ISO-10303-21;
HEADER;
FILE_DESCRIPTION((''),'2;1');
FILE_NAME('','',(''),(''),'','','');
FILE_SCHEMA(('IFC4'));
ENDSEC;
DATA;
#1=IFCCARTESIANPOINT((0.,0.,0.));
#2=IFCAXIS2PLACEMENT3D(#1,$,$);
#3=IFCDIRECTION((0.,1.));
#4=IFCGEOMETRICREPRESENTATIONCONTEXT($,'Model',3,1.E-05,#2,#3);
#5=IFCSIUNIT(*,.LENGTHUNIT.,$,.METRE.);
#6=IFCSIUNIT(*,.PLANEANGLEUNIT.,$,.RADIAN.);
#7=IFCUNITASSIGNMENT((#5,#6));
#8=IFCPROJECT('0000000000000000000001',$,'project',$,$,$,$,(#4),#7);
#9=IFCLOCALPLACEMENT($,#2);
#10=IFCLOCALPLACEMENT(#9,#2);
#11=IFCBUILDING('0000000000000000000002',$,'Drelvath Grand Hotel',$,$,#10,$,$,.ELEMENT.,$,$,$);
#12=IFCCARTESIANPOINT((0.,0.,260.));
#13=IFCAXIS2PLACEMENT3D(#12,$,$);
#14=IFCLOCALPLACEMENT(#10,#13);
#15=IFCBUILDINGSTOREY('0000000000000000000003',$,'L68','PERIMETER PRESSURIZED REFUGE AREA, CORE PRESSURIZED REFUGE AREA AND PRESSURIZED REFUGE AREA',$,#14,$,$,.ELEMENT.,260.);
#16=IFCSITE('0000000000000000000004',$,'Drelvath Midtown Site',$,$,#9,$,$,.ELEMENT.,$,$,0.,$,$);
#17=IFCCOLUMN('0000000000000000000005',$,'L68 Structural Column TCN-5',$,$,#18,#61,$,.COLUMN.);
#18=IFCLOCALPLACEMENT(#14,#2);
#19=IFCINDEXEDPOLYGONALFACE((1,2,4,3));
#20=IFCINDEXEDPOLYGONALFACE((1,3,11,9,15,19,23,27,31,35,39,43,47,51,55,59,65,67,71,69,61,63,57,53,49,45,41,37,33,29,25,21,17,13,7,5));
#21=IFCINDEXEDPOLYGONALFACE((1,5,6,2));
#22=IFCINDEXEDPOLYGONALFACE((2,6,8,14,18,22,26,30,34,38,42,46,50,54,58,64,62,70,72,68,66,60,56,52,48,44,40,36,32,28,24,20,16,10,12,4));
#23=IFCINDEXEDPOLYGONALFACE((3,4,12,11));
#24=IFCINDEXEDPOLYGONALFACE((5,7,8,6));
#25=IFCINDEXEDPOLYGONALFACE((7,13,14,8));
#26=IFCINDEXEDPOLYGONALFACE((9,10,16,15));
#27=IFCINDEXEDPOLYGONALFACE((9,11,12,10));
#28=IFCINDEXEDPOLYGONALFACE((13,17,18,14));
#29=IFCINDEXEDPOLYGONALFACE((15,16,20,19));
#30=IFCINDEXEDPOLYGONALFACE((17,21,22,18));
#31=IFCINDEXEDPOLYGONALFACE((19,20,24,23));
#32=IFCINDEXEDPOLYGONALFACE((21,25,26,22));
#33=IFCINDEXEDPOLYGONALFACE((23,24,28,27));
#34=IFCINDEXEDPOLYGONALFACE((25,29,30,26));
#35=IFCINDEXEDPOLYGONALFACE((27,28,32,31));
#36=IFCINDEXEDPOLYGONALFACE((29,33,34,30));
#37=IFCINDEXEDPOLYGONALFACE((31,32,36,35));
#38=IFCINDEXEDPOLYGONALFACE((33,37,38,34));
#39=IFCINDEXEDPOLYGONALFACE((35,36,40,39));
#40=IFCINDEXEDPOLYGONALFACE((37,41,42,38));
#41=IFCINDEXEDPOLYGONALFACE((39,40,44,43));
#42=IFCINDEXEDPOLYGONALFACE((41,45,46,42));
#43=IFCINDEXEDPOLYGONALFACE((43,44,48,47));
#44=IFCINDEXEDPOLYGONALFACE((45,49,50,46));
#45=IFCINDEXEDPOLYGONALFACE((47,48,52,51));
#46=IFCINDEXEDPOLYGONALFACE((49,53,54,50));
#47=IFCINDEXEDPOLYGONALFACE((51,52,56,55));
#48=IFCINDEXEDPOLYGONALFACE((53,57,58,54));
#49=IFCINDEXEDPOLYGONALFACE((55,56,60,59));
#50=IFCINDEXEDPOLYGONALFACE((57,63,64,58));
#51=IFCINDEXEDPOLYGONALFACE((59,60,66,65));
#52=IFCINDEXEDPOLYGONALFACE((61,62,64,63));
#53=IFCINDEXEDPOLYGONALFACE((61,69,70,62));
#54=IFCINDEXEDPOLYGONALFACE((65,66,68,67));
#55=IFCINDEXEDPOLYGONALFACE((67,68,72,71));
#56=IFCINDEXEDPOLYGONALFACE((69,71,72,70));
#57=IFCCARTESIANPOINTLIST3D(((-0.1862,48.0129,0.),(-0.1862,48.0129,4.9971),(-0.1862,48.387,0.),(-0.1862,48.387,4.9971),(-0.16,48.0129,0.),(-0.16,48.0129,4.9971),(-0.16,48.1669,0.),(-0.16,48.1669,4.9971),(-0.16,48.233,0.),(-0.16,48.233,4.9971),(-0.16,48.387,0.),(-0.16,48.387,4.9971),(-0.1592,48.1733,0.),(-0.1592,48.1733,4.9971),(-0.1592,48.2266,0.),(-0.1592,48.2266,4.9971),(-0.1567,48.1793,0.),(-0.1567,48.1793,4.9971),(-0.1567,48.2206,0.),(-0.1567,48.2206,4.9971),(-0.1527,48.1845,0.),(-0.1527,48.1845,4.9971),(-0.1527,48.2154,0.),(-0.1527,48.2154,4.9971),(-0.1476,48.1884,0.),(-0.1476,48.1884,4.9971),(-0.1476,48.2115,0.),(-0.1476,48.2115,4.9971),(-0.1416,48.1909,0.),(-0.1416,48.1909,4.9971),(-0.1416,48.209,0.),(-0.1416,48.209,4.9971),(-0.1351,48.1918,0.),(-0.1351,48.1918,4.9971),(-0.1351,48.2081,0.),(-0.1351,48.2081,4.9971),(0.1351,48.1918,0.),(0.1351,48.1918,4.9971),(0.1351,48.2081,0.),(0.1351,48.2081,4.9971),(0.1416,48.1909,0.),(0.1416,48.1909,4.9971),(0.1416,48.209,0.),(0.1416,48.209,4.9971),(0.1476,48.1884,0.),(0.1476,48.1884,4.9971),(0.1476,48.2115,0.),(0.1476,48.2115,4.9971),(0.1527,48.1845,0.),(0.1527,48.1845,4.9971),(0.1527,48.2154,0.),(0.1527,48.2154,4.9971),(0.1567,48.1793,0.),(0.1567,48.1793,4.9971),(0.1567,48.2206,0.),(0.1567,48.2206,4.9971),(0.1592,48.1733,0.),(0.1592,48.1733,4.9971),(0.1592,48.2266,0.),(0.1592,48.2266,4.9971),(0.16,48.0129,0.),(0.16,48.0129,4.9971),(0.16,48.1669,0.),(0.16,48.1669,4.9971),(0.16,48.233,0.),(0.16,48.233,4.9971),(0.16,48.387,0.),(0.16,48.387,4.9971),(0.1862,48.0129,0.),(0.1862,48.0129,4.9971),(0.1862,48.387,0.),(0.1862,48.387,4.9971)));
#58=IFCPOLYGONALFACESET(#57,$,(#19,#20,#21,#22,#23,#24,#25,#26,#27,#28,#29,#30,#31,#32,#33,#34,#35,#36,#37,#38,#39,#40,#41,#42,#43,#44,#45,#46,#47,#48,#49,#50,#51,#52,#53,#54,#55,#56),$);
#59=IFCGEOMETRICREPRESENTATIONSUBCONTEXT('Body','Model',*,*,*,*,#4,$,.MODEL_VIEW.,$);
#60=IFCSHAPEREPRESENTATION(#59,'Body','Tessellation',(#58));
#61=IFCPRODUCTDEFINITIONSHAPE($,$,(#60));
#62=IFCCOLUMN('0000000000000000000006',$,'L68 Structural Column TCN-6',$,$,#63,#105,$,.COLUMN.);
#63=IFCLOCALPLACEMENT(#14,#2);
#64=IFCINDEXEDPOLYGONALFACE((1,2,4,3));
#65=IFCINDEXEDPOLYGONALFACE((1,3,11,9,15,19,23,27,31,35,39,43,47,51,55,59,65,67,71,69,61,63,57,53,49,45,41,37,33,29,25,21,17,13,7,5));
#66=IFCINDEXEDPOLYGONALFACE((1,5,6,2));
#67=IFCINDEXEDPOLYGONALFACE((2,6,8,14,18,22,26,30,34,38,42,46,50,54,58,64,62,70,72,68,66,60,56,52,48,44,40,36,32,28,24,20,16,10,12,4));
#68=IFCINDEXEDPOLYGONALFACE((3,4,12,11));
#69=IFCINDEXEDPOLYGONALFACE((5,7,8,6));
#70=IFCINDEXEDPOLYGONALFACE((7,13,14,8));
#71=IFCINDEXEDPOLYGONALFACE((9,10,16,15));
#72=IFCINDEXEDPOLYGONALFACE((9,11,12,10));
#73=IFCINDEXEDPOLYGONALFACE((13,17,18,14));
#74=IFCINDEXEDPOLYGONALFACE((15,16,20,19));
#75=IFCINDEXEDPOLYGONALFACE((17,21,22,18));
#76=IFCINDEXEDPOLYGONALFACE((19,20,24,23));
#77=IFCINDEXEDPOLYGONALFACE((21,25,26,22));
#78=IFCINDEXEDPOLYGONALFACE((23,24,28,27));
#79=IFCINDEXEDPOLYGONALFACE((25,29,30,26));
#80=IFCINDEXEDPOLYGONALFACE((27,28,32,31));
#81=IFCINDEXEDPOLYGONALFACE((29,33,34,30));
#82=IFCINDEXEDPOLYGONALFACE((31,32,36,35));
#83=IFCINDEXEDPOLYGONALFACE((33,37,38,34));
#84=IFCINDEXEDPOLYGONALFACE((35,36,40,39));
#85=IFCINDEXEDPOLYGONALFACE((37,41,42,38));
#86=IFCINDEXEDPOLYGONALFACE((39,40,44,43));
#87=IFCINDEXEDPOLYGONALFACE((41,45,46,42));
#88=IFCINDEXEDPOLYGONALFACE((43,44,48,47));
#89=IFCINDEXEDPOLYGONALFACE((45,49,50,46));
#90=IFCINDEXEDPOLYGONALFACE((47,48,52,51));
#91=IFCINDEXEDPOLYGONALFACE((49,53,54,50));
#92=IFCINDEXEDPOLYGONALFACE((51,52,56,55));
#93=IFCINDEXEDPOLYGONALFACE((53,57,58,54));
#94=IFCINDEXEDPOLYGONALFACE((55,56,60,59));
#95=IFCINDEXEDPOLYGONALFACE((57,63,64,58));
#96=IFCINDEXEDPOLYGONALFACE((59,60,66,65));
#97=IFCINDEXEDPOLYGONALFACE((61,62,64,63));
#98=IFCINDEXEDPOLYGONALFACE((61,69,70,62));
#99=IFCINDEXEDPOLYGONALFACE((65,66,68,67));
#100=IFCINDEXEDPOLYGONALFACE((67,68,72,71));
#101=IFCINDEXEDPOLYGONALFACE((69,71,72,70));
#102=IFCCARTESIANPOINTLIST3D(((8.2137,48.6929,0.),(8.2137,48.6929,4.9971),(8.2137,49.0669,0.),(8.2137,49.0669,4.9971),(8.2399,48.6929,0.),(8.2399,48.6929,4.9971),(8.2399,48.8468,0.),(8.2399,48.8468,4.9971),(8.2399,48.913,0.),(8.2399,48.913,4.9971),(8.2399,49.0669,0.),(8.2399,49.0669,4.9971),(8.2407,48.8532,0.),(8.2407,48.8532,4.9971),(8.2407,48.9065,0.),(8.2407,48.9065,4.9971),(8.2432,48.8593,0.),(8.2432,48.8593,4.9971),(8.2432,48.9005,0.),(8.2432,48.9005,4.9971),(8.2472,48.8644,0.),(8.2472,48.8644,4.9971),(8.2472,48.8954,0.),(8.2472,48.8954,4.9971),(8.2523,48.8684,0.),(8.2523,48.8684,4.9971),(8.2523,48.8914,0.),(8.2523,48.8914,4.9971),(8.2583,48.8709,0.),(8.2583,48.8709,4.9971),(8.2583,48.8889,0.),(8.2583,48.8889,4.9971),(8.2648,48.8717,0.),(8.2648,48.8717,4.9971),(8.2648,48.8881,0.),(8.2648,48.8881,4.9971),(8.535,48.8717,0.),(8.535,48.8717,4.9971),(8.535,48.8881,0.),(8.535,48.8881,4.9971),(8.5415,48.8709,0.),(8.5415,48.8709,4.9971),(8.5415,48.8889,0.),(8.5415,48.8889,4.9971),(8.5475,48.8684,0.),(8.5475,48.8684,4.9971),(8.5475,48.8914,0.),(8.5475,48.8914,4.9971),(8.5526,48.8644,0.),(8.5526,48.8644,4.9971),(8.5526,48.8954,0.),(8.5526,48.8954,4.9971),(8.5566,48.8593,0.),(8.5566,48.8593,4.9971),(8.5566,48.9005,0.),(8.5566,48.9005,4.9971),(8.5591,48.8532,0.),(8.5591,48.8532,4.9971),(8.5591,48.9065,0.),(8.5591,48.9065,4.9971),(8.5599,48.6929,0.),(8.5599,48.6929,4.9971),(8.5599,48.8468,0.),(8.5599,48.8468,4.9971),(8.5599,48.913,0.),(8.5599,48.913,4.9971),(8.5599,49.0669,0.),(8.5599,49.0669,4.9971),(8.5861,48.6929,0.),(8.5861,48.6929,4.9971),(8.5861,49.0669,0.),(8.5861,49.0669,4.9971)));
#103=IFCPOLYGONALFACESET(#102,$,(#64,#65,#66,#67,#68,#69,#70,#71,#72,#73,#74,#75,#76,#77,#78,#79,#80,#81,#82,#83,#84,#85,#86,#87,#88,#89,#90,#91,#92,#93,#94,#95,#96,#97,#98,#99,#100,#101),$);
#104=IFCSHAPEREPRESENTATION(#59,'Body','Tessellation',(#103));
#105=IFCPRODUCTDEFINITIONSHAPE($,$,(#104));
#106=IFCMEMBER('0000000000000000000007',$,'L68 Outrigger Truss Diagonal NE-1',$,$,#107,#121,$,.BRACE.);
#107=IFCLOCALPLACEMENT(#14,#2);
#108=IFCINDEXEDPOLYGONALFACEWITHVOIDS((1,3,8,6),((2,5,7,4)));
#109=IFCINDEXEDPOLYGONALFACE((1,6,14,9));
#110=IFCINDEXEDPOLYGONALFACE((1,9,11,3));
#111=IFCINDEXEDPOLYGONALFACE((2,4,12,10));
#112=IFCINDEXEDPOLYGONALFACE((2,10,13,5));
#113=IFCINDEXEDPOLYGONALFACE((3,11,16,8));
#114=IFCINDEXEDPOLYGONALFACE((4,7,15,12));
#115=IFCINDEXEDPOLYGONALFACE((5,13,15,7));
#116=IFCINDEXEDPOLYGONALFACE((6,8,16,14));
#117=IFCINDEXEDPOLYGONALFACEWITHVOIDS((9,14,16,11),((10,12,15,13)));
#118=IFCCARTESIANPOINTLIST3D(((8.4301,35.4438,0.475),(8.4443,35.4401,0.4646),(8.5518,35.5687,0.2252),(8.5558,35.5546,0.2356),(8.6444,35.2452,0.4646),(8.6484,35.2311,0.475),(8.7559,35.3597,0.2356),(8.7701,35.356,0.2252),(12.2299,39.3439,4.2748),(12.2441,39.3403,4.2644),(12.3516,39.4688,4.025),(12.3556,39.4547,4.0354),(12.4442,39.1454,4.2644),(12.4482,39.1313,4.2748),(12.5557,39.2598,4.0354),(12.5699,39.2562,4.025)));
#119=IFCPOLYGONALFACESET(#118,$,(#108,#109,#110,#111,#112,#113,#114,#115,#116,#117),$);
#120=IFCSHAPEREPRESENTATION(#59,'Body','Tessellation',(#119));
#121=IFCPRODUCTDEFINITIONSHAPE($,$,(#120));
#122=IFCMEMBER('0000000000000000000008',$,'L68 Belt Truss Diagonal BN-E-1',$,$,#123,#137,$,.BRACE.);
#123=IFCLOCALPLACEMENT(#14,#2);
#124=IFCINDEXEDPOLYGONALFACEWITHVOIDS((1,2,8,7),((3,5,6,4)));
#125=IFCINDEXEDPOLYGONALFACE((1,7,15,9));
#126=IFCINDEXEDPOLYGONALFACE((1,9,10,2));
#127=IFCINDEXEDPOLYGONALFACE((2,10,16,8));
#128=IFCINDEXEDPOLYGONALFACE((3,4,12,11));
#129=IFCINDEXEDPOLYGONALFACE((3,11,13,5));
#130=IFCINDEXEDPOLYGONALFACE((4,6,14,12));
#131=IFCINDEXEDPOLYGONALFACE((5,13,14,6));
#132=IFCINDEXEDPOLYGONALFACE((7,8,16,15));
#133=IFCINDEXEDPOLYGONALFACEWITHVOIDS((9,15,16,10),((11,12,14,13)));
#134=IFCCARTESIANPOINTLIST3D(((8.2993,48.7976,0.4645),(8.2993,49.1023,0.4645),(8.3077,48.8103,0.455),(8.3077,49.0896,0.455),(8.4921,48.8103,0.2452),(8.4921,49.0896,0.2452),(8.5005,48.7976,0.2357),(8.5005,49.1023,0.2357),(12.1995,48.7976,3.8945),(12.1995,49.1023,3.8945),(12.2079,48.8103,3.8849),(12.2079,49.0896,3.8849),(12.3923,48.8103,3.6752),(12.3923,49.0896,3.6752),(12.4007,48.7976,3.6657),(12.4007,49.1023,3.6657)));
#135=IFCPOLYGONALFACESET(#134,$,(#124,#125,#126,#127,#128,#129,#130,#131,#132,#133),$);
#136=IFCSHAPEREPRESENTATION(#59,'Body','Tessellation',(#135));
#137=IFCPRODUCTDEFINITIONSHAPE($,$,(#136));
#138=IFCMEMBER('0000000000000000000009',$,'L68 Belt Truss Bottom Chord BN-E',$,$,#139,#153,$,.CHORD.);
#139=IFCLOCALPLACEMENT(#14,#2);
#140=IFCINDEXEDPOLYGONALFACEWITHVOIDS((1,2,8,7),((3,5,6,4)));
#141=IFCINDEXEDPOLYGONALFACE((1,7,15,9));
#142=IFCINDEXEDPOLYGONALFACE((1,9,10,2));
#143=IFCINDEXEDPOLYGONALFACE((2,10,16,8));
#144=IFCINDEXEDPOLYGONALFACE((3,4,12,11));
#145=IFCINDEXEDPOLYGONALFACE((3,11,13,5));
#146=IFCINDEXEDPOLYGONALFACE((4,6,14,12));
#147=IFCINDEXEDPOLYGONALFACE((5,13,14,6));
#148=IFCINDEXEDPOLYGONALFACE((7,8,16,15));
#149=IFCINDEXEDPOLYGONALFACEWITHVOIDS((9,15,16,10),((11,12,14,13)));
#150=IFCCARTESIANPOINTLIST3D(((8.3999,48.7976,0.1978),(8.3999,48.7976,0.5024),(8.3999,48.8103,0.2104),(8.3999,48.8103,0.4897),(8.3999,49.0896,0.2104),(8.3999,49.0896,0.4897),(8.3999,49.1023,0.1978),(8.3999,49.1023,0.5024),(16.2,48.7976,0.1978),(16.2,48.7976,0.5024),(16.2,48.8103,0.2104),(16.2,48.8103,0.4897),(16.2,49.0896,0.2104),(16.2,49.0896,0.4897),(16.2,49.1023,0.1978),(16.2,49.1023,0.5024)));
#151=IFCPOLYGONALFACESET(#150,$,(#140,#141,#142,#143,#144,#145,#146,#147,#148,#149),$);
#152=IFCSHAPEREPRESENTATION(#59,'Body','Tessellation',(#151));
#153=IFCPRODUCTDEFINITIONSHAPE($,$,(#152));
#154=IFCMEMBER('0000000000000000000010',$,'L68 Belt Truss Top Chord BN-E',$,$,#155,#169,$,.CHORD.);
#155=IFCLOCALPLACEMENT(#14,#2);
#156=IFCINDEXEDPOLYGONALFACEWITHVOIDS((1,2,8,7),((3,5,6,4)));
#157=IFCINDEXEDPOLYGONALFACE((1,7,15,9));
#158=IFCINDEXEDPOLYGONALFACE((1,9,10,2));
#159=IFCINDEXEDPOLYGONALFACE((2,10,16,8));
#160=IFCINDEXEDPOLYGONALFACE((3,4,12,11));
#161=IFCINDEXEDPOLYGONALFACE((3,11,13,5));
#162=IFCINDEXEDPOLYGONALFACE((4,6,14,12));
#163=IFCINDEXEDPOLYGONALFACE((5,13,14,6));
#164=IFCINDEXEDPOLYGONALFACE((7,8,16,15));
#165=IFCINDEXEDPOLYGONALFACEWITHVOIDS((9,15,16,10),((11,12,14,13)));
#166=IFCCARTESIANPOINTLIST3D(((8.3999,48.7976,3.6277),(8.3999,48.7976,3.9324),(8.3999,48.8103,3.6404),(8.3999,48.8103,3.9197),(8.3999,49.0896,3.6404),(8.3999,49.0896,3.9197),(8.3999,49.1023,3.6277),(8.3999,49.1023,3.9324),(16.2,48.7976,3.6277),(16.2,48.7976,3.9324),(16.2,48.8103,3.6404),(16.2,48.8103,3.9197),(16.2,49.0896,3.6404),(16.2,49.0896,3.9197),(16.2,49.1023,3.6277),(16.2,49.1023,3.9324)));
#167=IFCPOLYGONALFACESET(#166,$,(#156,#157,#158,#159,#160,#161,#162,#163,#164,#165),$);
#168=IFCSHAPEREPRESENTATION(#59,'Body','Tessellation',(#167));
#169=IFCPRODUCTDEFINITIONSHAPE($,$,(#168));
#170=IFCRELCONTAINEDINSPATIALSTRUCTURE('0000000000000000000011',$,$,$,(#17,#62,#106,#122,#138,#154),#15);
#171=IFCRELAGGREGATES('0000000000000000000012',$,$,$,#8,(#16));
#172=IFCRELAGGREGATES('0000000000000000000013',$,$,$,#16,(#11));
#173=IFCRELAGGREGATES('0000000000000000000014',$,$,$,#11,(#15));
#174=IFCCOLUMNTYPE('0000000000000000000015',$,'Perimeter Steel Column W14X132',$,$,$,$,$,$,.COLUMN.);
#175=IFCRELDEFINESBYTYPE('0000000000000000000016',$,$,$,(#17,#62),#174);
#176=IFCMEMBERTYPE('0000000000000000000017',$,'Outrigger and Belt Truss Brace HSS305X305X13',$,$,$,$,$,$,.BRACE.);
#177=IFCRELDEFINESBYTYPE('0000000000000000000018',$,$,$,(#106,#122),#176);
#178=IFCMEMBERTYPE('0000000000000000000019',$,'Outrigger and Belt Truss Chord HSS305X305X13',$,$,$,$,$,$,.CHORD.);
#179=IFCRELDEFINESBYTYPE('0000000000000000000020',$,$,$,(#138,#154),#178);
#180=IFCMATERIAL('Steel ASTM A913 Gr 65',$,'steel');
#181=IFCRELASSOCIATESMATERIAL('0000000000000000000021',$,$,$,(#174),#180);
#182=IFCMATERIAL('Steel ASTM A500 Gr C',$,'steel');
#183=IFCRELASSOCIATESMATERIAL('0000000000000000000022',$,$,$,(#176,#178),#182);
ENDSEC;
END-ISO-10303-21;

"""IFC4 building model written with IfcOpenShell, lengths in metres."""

from ifc_helpers import new_model, si_unit, direction, frame, origin, origin_2d, place, context, subcontext, project, spatial, hollow_rectangle, i_section, extrude, material, material_profile, profile_set, type_object, element, save


model = new_model("IFC4")

# Units and contexts
model_context = context("Model", 3, precision=1e-05, world=origin(), true_north=direction((0.0, 1.0)))
body_context = subcontext(model_context, "Body", "Model", "MODEL_VIEW")
ifc_project = project(units=[si_unit("LENGTHUNIT", "METRE"), si_unit("PLANEANGLEUNIT", "RADIAN")], contexts=[model_context])

# Site, building, storey
site_placement = place(None, origin())
site = spatial("IfcSite", under=ifc_project, at=site_placement, Name="Drelvath Midtown Site", CompositionType="ELEMENT", RefElevation=0.0)
building_placement = place(site_placement, origin())
building = spatial("IfcBuilding", under=site, at=building_placement, Name="Drelvath Grand Hotel", CompositionType="ELEMENT")
storey_placement = place(building_placement, frame((0.0, 0.0, 260.0)))
storey = spatial("IfcBuildingStorey", under=building, at=storey_placement, Name="L68", Description="PERIMETER PRESSURIZED REFUGE AREA, CORE PRESSURIZED REFUGE AREA AND PRESSURIZED REFUGE AREA", CompositionType="ELEMENT", Elevation=260.0)

# Columns
ifc_material_1 = material(Name="Steel ASTM A913 Gr 65", Category="steel")
ifc_material_profile_1 = material_profile(ifc_material_1, i_section(OverallWidth=0.374, OverallDepth=0.3723, WebThickness=0.0164, FlangeThickness=0.0261, FilletRadius=0.0249, at=origin_2d()), Name="W14X132")
ifc_profile_set_1 = profile_set([ifc_material_profile_1], Name="Steel ASTM A913 Gr 65")
column_type = type_object("IfcColumnType", Name="Perimeter Steel Column W14X132", PredefinedType="COLUMN", material=ifc_profile_set_1)
for number, where, z_axis, x_axis, name in (
    (1, (0.0, 48.2, 0.0), (0.0, 0.0, 1.0), (0.0, 1.0, 0.0), "L68 Structural Column TCN-5"),
    (2, (8.3999, 48.8799, 0.0), (0.0, 0.0, 1.0), (0.0, 1.0, 0.0), "L68 Structural Column TCN-6"),
):
    element("IfcColumn", number, at=place(storey_placement, frame(where, z_axis=z_axis, x_axis=x_axis)), inside=storey, type_object=column_type, Name=name, PredefinedType="COLUMN", context=body_context, shape_type="SweptSolid", body=[
        extrude(i_section(OverallWidth=0.374, OverallDepth=0.3723, WebThickness=0.0164, FlangeThickness=0.0261, FilletRadius=0.0249, at=origin_2d()), origin(), (0.0, 0.0, 1.0), 4.9971),
    ])

# Members
ifc_material_2 = material(Name="Steel ASTM A500 Gr C", Category="steel")
ifc_material_profile_2 = material_profile(ifc_material_2, hollow_rectangle(XDim=0.3047, YDim=0.3047, WallThickness=0.0127, at=origin_2d()), Name="HSS305X305X13")
ifc_profile_set_2 = profile_set([ifc_material_profile_2], Name="Steel ASTM A500 Gr C")
member_type_1 = type_object("IfcMemberType", Name="Outrigger and Belt Truss Brace HSS305X305X13", PredefinedType="BRACE", material=ifc_profile_set_2)
member_1_placement = place(storey_placement, frame((8.6001, 35.3999, 0.3501), z_axis=(0.572269, 0.587381, 0.572269), x_axis=(-0.716261, 0.697833, 0.0)))
element("IfcMember", 3, at=member_1_placement, inside=storey, type_object=member_type_1, Name="L68 Outrigger Truss Diagonal NE-1", PredefinedType="BRACE", context=body_context, shape_type="SweptSolid", body=[
    extrude(hollow_rectangle(XDim=0.3047, YDim=0.3047, WallThickness=0.0127, at=origin_2d()), origin(), (0.0, 0.0, 1.0), 6.6399),
])
member_2_placement = place(storey_placement, frame((8.3999, 48.95, 0.3501), z_axis=(0.750923, 0.0, 0.660389), x_axis=(0.0, 1.0, 0.0)))
element("IfcMember", 4, at=member_2_placement, inside=storey, type_object=member_type_1, Name="L68 Belt Truss Diagonal BN-E-1", PredefinedType="BRACE", context=body_context, shape_type="SweptSolid", body=[
    extrude(hollow_rectangle(XDim=0.3047, YDim=0.3047, WallThickness=0.0127, at=origin_2d()), origin(), (0.0, 0.0, 1.0), 5.1938),
])
ifc_material_profile_3 = material_profile(ifc_material_2, hollow_rectangle(XDim=0.3047, YDim=0.3047, WallThickness=0.0127, at=origin_2d()), Name="HSS305X305X13")
ifc_profile_set_3 = profile_set([ifc_material_profile_3], Name="Steel ASTM A500 Gr C")
member_type_2 = type_object("IfcMemberType", Name="Outrigger and Belt Truss Chord HSS305X305X13", PredefinedType="CHORD", material=ifc_profile_set_3)
for number, where, z_axis, x_axis, name in (
    (5, (8.3999, 48.95, 0.3501), (1.0, 0.0, 0.0), (0.0, 1.0, 0.0), "L68 Belt Truss Bottom Chord BN-E"),
    (6, (8.3999, 48.95, 3.78), (1.0, 0.0, 0.0), (0.0, 1.0, 0.0), "L68 Belt Truss Top Chord BN-E"),
):
    element("IfcMember", number, at=place(storey_placement, frame(where, z_axis=z_axis, x_axis=x_axis)), inside=storey, type_object=member_type_2, Name=name, PredefinedType="CHORD", context=body_context, shape_type="SweptSolid", body=[
        extrude(hollow_rectangle(XDim=0.3047, YDim=0.3047, WallThickness=0.0127, at=origin_2d()), origin(), (0.0, 0.0, 1.0), 7.8),
    ])

save(model, "model.ifc")
